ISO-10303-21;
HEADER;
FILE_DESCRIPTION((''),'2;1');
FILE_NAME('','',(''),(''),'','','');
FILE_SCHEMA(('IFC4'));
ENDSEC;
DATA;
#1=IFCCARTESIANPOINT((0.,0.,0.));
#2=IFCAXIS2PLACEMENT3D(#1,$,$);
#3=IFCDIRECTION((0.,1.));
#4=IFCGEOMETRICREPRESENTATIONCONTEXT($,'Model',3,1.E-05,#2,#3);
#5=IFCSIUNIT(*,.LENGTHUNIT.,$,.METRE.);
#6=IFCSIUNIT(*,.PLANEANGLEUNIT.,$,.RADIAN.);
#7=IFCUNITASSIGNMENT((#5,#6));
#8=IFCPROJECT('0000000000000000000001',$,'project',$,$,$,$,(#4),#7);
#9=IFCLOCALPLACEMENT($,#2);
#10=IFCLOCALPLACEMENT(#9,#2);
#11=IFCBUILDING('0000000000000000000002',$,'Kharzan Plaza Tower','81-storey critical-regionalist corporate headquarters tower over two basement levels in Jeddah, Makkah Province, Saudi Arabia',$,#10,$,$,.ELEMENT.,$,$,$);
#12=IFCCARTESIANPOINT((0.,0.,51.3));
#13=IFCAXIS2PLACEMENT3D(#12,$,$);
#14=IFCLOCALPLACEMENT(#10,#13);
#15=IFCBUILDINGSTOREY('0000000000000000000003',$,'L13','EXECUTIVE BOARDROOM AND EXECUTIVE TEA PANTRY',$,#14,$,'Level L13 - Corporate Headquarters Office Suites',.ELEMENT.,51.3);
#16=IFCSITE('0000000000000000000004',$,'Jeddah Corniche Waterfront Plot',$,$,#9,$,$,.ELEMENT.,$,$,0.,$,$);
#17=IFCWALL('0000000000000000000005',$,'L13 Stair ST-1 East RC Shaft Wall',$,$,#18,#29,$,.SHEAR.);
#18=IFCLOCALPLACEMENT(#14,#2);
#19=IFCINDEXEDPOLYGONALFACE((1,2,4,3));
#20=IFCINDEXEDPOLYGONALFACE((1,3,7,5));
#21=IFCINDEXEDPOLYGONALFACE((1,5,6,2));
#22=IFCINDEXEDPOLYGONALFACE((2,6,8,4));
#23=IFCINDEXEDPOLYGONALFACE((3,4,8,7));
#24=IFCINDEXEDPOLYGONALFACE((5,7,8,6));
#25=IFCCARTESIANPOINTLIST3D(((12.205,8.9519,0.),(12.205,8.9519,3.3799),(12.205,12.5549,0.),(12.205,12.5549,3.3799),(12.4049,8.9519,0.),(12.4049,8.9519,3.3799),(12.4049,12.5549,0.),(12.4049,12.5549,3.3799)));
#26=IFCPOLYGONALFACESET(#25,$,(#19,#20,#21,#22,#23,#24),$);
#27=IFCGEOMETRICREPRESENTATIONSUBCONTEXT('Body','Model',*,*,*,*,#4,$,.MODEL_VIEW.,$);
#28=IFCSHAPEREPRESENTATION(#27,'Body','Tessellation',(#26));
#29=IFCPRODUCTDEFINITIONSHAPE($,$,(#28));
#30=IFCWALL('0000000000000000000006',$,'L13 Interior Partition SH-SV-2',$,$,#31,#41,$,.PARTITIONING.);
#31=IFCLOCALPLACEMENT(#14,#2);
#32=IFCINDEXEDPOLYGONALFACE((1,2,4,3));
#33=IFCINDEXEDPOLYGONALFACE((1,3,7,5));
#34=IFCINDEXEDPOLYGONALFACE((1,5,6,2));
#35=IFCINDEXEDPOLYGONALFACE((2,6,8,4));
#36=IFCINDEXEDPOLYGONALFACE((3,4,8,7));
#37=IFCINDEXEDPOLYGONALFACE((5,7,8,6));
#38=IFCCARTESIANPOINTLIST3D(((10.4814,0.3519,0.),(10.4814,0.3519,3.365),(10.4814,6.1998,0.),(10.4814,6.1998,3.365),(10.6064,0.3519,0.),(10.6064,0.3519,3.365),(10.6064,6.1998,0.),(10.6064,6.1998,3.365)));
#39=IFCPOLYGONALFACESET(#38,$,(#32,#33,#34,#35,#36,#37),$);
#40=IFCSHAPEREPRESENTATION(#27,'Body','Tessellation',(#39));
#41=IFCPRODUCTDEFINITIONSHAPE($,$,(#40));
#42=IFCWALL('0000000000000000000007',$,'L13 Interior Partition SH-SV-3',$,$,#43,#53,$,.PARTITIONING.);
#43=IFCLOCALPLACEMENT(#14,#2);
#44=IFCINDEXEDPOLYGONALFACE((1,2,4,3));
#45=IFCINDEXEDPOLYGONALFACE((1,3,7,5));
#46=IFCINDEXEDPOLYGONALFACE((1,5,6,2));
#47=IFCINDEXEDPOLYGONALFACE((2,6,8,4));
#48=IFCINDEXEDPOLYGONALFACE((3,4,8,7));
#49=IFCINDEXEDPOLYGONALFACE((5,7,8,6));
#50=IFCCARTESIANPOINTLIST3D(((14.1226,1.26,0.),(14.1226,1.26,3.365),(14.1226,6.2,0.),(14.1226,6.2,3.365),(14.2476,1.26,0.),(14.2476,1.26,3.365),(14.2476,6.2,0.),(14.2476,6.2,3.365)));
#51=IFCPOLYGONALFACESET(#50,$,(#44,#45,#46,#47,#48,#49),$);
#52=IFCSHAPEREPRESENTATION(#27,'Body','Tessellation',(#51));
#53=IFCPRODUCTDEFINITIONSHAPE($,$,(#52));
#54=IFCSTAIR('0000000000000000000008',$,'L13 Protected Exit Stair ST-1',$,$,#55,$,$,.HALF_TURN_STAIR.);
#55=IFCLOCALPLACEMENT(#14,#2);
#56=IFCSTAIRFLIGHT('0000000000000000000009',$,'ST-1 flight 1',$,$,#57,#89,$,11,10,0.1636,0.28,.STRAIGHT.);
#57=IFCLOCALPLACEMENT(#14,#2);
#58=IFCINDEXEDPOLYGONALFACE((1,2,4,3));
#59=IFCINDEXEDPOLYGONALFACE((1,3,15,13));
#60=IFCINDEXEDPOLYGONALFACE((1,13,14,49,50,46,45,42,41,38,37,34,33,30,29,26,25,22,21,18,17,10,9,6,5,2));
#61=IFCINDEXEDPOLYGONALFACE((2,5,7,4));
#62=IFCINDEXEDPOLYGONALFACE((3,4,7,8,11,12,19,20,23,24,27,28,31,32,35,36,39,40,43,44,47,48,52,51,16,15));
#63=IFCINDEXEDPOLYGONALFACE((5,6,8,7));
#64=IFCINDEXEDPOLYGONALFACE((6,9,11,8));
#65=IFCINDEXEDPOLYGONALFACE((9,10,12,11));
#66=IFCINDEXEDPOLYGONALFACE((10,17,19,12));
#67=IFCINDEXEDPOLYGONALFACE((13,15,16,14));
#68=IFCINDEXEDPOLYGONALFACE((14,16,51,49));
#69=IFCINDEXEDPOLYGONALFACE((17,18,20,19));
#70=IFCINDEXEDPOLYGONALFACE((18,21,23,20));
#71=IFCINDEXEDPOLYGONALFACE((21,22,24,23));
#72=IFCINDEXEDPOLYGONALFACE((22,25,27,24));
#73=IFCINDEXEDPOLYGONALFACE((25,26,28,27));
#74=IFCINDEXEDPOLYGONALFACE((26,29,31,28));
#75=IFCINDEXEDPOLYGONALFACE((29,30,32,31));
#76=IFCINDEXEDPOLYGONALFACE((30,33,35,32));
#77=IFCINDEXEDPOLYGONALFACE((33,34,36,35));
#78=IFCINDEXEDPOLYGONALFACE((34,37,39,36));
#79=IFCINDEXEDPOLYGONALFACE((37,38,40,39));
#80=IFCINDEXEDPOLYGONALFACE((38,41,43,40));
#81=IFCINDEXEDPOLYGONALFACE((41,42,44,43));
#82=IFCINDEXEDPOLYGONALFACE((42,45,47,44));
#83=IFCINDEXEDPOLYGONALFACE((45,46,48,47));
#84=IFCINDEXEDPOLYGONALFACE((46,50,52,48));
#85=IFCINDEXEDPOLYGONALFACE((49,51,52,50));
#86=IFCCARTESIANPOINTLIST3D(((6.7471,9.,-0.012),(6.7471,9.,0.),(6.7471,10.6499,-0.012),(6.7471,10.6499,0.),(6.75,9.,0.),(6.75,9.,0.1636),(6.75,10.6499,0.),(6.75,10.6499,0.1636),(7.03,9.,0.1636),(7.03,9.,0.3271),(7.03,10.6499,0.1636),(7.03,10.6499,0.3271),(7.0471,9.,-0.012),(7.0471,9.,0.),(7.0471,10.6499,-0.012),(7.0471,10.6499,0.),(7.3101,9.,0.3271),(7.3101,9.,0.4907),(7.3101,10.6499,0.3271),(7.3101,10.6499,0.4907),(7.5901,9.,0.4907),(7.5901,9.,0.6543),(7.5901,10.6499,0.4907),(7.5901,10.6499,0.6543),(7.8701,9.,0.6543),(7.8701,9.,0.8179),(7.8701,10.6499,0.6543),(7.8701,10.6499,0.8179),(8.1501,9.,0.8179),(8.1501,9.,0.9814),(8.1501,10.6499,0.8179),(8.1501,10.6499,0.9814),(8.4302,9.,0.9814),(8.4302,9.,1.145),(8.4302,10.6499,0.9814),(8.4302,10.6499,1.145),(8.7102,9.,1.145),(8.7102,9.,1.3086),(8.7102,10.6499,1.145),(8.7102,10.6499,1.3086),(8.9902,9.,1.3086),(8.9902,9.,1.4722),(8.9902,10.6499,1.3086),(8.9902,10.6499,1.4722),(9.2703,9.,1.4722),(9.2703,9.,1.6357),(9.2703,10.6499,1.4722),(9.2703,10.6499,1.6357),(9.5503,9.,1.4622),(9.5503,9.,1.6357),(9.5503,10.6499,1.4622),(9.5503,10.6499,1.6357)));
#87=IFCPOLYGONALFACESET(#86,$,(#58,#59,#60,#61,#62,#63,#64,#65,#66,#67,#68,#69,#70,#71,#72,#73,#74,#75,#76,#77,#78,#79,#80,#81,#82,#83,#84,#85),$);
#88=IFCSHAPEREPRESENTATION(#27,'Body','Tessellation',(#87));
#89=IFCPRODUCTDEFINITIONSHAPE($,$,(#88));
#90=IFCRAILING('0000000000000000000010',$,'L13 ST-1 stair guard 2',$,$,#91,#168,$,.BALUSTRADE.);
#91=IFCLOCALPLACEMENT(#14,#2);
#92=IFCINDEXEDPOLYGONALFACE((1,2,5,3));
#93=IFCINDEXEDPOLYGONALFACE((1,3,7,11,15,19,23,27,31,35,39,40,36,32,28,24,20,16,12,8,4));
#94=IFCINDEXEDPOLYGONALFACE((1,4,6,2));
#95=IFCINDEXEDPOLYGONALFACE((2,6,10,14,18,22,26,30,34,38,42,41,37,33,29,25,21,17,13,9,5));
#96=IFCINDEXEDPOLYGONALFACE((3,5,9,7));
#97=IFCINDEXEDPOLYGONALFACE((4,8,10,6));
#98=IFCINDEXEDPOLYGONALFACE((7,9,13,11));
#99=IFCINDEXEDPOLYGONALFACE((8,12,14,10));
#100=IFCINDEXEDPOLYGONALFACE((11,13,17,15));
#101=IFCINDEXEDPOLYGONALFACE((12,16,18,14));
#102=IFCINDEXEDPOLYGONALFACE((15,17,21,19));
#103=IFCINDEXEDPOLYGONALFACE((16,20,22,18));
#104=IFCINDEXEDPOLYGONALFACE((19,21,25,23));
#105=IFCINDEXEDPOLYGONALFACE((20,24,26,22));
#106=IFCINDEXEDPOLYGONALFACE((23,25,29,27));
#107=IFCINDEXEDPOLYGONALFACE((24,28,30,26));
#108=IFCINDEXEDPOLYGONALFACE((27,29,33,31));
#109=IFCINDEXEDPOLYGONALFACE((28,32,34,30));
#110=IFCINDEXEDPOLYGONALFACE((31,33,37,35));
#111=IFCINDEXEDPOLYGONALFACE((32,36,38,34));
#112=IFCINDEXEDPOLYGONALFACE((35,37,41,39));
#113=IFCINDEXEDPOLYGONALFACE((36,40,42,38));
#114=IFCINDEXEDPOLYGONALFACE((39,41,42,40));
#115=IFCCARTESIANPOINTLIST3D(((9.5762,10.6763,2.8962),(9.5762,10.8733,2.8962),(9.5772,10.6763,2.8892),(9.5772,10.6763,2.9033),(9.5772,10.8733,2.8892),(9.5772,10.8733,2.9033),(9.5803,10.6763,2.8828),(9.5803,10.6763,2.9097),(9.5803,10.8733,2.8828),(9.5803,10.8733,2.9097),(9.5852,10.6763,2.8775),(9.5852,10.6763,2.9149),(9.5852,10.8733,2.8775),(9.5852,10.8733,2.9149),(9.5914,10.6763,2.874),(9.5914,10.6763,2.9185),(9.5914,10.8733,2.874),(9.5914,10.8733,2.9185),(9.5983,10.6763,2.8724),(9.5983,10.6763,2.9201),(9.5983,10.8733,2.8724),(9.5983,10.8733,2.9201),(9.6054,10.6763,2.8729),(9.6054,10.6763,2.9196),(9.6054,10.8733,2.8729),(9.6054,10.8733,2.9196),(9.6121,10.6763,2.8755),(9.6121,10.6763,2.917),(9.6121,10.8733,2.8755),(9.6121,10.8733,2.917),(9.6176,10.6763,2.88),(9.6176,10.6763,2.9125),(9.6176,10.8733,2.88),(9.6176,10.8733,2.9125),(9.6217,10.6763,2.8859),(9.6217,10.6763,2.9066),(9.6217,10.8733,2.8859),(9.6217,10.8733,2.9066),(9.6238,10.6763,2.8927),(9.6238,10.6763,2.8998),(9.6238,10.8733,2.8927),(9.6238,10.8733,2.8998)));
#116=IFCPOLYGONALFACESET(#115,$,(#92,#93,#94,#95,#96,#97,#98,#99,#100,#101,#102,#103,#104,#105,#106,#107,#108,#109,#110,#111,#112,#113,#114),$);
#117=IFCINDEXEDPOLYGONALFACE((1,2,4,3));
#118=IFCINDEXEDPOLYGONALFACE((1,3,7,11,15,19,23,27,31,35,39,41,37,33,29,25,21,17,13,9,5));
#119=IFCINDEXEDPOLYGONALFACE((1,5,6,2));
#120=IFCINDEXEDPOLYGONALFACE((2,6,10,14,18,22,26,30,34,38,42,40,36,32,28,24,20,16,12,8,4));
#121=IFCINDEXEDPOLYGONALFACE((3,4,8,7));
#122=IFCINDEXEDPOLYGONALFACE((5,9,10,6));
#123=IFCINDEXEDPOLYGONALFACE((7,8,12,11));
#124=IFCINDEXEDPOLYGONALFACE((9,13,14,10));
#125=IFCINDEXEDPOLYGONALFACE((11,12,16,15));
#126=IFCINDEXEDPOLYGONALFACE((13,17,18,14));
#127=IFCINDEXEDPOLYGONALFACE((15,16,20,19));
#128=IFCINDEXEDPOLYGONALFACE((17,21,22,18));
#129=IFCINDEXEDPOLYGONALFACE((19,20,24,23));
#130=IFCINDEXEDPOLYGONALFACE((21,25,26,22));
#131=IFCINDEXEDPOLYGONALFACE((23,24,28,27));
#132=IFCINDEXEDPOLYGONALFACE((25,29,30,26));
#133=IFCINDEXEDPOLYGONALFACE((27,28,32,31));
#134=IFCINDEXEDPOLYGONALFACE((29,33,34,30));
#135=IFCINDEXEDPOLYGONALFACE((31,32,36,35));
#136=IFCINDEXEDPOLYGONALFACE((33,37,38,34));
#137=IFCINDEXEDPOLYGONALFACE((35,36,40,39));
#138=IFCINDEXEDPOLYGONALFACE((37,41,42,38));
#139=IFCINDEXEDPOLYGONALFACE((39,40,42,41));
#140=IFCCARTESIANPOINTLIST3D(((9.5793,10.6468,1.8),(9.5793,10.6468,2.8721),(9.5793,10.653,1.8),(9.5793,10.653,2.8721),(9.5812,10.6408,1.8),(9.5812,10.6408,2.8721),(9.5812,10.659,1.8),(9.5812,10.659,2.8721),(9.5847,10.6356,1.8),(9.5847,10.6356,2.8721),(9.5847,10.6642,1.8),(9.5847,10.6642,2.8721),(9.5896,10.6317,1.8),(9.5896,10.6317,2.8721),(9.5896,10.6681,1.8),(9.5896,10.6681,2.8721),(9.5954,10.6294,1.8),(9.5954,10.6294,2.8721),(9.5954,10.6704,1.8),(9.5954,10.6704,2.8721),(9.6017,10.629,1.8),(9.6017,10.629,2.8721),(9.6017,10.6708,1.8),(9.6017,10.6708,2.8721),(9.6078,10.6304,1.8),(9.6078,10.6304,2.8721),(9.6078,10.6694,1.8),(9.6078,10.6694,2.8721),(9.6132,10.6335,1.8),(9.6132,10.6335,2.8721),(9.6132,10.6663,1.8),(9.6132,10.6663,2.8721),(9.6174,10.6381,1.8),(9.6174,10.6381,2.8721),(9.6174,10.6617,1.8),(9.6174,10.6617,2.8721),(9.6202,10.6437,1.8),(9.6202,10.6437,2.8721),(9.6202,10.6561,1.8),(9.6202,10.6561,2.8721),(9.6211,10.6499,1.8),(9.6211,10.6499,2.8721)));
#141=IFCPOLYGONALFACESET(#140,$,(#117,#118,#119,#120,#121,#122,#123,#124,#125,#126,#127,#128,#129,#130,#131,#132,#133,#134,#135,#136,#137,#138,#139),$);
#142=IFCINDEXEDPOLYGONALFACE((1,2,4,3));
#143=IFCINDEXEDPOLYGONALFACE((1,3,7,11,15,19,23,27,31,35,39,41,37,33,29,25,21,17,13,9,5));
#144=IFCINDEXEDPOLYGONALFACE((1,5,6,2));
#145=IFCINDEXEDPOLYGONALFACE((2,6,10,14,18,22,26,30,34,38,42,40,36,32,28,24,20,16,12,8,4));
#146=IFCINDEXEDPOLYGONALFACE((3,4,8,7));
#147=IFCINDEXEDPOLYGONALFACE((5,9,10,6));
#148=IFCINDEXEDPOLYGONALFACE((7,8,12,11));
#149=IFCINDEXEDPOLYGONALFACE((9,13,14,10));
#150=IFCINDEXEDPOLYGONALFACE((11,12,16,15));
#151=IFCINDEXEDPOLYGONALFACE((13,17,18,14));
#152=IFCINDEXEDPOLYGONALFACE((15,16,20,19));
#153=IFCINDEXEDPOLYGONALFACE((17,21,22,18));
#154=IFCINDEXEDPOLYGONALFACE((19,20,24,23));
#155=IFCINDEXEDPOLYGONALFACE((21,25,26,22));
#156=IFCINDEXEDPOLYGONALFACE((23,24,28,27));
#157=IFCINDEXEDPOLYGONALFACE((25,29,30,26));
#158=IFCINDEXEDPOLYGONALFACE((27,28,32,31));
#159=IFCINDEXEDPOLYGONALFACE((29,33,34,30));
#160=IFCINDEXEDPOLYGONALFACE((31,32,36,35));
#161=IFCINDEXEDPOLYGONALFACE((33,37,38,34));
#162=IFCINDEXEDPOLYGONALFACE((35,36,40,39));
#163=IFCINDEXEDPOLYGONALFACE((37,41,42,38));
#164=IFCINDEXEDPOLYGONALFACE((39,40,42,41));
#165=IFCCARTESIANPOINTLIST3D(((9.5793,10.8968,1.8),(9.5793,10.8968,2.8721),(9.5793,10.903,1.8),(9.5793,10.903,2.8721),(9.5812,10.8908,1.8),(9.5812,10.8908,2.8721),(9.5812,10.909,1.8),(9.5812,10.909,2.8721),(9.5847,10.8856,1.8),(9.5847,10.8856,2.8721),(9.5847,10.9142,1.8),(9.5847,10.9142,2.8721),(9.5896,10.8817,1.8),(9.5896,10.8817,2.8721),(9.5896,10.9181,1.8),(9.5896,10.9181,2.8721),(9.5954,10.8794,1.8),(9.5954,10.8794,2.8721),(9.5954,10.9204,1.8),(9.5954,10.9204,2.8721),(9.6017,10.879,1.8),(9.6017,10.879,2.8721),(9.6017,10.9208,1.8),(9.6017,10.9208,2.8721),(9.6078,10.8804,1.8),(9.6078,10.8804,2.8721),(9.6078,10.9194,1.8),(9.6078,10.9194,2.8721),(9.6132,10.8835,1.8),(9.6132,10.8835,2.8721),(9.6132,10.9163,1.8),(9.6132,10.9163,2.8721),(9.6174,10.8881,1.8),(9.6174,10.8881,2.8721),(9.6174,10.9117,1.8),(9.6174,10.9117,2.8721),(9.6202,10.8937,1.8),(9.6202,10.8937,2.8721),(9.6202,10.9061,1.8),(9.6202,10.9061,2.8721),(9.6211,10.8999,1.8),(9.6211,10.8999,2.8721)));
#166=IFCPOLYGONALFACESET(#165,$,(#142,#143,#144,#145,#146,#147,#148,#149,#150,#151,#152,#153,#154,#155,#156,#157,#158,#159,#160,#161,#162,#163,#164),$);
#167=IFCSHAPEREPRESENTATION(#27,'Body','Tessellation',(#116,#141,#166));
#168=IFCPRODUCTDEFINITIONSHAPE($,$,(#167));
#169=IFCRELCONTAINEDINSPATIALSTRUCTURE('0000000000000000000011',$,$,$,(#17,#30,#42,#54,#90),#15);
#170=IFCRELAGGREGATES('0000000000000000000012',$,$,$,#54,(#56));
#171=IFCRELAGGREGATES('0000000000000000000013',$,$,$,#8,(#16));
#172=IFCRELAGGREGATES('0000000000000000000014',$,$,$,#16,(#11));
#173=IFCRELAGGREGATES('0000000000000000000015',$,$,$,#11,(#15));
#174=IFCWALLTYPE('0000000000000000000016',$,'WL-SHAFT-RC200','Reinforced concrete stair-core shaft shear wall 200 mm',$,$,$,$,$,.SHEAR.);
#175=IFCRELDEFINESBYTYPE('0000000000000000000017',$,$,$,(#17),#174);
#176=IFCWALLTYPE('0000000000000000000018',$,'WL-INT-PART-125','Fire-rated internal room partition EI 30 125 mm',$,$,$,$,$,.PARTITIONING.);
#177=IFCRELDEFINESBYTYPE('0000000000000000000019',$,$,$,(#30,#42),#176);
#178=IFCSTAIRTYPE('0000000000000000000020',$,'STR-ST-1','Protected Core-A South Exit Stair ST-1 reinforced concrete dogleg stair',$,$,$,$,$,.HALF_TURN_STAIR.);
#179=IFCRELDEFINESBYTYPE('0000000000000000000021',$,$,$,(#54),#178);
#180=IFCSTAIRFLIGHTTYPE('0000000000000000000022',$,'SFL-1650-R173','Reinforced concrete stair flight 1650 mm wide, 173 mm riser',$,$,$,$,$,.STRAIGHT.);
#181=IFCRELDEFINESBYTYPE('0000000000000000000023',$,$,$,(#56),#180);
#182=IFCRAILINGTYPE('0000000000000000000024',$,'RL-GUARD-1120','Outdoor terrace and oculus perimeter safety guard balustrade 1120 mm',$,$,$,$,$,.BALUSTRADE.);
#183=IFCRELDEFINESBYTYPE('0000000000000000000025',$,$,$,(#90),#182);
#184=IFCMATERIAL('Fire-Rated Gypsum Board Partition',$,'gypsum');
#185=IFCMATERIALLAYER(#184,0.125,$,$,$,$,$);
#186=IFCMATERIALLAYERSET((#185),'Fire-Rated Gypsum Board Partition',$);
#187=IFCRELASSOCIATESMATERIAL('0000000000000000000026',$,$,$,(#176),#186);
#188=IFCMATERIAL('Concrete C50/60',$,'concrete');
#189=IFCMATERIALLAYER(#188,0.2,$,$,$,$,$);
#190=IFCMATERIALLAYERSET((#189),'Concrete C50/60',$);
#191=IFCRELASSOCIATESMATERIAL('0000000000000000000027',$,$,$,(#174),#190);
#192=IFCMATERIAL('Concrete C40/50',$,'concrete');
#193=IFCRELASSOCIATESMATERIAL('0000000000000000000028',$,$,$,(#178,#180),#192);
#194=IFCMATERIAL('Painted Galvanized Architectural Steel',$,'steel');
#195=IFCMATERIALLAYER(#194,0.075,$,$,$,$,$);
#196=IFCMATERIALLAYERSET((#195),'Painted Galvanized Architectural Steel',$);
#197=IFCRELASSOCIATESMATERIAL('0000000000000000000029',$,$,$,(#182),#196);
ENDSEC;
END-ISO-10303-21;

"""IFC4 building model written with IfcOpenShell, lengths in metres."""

from ifc_helpers import new_model, si_unit, direction, frame, frame_2d, origin, origin_2d, place, context, subcontext, project, spatial, polyline, rectangle, circle, outline, extrude, source, transform, mapped, material, layer, layer_set, type_object, element, aggregate, save


model = new_model("IFC4")

# Units and contexts
model_context = context("Model", 3, precision=1e-05, world=origin(), true_north=direction((0.0, 1.0)))
body_context = subcontext(model_context, "Body", "Model", "MODEL_VIEW")
ifc_project = project(units=[si_unit("LENGTHUNIT", "METRE"), si_unit("PLANEANGLEUNIT", "RADIAN")], contexts=[model_context])

# Site, building, storey
site_placement = place(None, origin())
site = spatial("IfcSite", under=ifc_project, at=site_placement, Name="Jeddah Corniche Waterfront Plot", CompositionType="ELEMENT", RefElevation=0.0)
building_placement = place(site_placement, origin())
building = spatial("IfcBuilding", under=site, at=building_placement, Name="Kharzan Plaza Tower", Description="81-storey critical-regionalist corporate headquarters tower over two basement levels in Jeddah, Makkah Province, Saudi Arabia", CompositionType="ELEMENT")
storey_placement = place(building_placement, frame((0.0, 0.0, 51.3)))
storey = spatial("IfcBuildingStorey", under=building, at=storey_placement, Name="L13", Description="EXECUTIVE BOARDROOM AND EXECUTIVE TEA PANTRY", LongName="Level L13 - Corporate Headquarters Office Suites", CompositionType="ELEMENT", Elevation=51.3)

# Shared definitions
ifc_material_1 = material(Name="Concrete C40/50", Category="concrete")

# Shared definitions
ifc_material_2 = material(Name="Fire-Rated Gypsum Board Partition", Category="gypsum")
ifc_layer_1 = layer(ifc_material_2, 0.125)
ifc_layer_set_1 = layer_set([ifc_layer_1], Name="Fire-Rated Gypsum Board Partition")
wall_type_1 = type_object("IfcWallType", Name="WL-INT-PART-125", Description="Fire-rated internal room partition EI 30 125 mm", PredefinedType="PARTITIONING", material=ifc_layer_set_1)

# Walls
ifc_material_3 = material(Name="Concrete C50/60", Category="concrete")
ifc_layer_2 = layer(ifc_material_3, 0.2)
ifc_layer_set_2 = layer_set([ifc_layer_2], Name="Concrete C50/60")
wall_type_2 = type_object("IfcWallType", Name="WL-SHAFT-RC200", Description="Reinforced concrete stair-core shaft shear wall 200 mm", PredefinedType="SHEAR", material=ifc_layer_set_2)
shared_shape_1 = source(origin(), body_context, "Body", "SweptSolid", [
    extrude(rectangle(XDim=3.603, YDim=0.2, at=frame_2d((1.8015, 0.0))), origin(), (0.0, 0.0, 1.0), 3.3799),
])
wall_1_placement = place(storey_placement, frame((12.3049, 8.9519, 0.0), z_axis=(0.0, 0.0, 1.0), x_axis=(0.0, 1.0, 0.0)))
element("IfcWall", 1, at=wall_1_placement, inside=storey, type_object=wall_type_2, Name="L13 Stair ST-1 East RC Shaft Wall", PredefinedType="SHEAR", context=body_context, shape_type="MappedRepresentation", body=[
    mapped(shared_shape_1, transform((0.0, 0.0, 0.0), x_axis=(1.0, 0.0, 0.0), y_axis=(0.0, 1.0, 0.0), z_axis=(0.0, 0.0, 1.0))),
])
shared_shape_2 = source(origin(), body_context, "Body", "SweptSolid", [
    extrude(rectangle(XDim=5.8479, YDim=0.125, at=frame_2d((2.9238, 0.0))), origin(), (0.0, 0.0, 1.0), 3.365),
])
wall_2_placement = place(storey_placement, frame((10.5439, 0.3521, 0.0), z_axis=(0.0, 0.0, 1.0), x_axis=(0.0, 1.0, 0.0)))
element("IfcWall", 2, at=wall_2_placement, inside=storey, type_object=wall_type_1, Name="L13 Interior Partition SH-SV-2", PredefinedType="PARTITIONING", context=body_context, shape_type="MappedRepresentation", body=[
    mapped(shared_shape_2, transform((0.0, 0.0, 0.0), x_axis=(1.0, 0.0, 0.0), y_axis=(0.0, 1.0, 0.0), z_axis=(0.0, 0.0, 1.0))),
])
shared_shape_3 = source(origin(), body_context, "Body", "SweptSolid", [
    extrude(rectangle(XDim=4.9399, YDim=0.125, at=frame_2d((2.47, 0.0))), origin(), (0.0, 0.0, 1.0), 3.365),
])
wall_3_placement = place(storey_placement, frame((14.1851, 1.26, 0.0), z_axis=(0.0, 0.0, 1.0), x_axis=(0.0, 1.0, 0.0)))
element("IfcWall", 3, at=wall_3_placement, inside=storey, type_object=wall_type_1, Name="L13 Interior Partition SH-SV-3", PredefinedType="PARTITIONING", context=body_context, shape_type="MappedRepresentation", body=[
    mapped(shared_shape_3, transform((0.0, 0.0, 0.0), x_axis=(1.0, 0.0, 0.0), y_axis=(0.0, 1.0, 0.0), z_axis=(0.0, 0.0, 1.0))),
])

# Stair, stair flight
stair_type = type_object("IfcStairType", Name="STR-ST-1", Description="Protected Core-A South Exit Stair ST-1 reinforced concrete dogleg stair", PredefinedType="HALF_TURN_STAIR", material=ifc_material_1)
stair_placement = place(storey_placement, origin())
stair = element("IfcStair", 4, at=stair_placement, inside=storey, type_object=stair_type, Name="L13 Protected Exit Stair ST-1", PredefinedType="HALF_TURN_STAIR")
stair_flight_type = type_object("IfcStairFlightType", Name="SFL-1650-R173", Description="Reinforced concrete stair flight 1650 mm wide, 173 mm riser", PredefinedType="STRAIGHT", material=ifc_material_1)
shared_shape_4 = source(origin(), body_context, "Body", "SweptSolid", [
    extrude(outline(polyline([(-0.0029, -0.012), (-0.0029, 0.0), (0.0, 0.0), (0.0, 0.1636), (0.28, 0.1636), (0.28, 0.3271), (0.5601, 0.3271), (0.5601, 0.4907), (0.8401, 0.4907), (0.8401, 0.6543), (1.1201, 0.6543), (1.1201, 0.8179), (1.4001, 0.8179), (1.4001, 0.9814), (1.6802, 0.9814), (1.6802, 1.145), (1.9602, 1.145), (1.9602, 1.3086), (2.2402, 1.3086), (2.2402, 1.4722), (2.5203, 1.4722), (2.5203, 1.6357), (2.8003, 1.6357), (2.8003, 1.7993), (2.8003, 1.4622), (0.2971, 0.0), (0.2971, -0.012), (-0.0029, -0.012)])), frame((0.0, 0.825, 0.0), z_axis=(0.0, -1.0, 0.0), x_axis=(1.0, 0.0, 0.0)), (0.0, 0.0, 1.0), 1.6499),
])
stair_flight_placement = place(storey_placement, frame((6.75, 9.825, 0.0), z_axis=(0.0, 0.0, 1.0), x_axis=(1.0, 0.0, 0.0)))
stair_flight = element("IfcStairFlight", 5, at=stair_flight_placement, type_object=stair_flight_type, Name="ST-1 flight 1", NumberOfRisers=11, NumberOfTreads=10, PredefinedType="STRAIGHT", RiserHeight=0.1636, TreadLength=0.28, context=body_context, shape_type="MappedRepresentation", body=[
    mapped(shared_shape_4, transform((0.0, 0.0, 0.0), x_axis=(1.0, 0.0, 0.0), y_axis=(0.0, 1.0, 0.0), z_axis=(0.0, 0.0, 1.0))),
])
aggregate(stair, [stair_flight])

# Railing
ifc_material_4 = material(Name="Painted Galvanized Architectural Steel", Category="steel")
ifc_layer_3 = layer(ifc_material_4, 0.075)
ifc_layer_set_3 = layer_set([ifc_layer_3], Name="Painted Galvanized Architectural Steel")
railing_type_1 = type_object("IfcRailingType", Name="RL-GUARD-1120", Description="Outdoor terrace and oculus perimeter safety guard balustrade 1120 mm", PredefinedType="BALUSTRADE", material=ifc_layer_set_3)
shared_shape_5 = source(origin(), body_context, "Body", "SweptSolid", [
    extrude(circle(Radius=0.0239, at=origin_2d()), frame((0.0, 0.0264, 1.0962), z_axis=(0.0, 1.0, 0.0), x_axis=(-1.0, 0.0, 0.0)), (0.0, 0.0, 1.0), 0.197),
    extrude(circle(Radius=0.021, at=origin_2d()), origin(), (0.0, 0.0, 1.0), 1.072),
    extrude(circle(Radius=0.021, at=origin_2d()), frame((0.0, 0.25, 0.0)), (0.0, 0.0, 1.0), 1.072),
])
for number, where, name in (
    (6, (9.6001, 10.6499, 1.8), "L13 ST-1 stair guard 2"),
):
    element("IfcRailing", number, at=place(storey_placement, frame(where)), inside=storey, type_object=railing_type_1, Name=name, PredefinedType="BALUSTRADE", context=body_context, shape_type="MappedRepresentation", body=[
        mapped(shared_shape_5, transform((0.0, 0.0, 0.0), x_axis=(1.0, 0.0, 0.0), y_axis=(0.0, 1.0, 0.0), z_axis=(0.0, 0.0, 1.0))),
    ])

save(model, "model.ifc")
